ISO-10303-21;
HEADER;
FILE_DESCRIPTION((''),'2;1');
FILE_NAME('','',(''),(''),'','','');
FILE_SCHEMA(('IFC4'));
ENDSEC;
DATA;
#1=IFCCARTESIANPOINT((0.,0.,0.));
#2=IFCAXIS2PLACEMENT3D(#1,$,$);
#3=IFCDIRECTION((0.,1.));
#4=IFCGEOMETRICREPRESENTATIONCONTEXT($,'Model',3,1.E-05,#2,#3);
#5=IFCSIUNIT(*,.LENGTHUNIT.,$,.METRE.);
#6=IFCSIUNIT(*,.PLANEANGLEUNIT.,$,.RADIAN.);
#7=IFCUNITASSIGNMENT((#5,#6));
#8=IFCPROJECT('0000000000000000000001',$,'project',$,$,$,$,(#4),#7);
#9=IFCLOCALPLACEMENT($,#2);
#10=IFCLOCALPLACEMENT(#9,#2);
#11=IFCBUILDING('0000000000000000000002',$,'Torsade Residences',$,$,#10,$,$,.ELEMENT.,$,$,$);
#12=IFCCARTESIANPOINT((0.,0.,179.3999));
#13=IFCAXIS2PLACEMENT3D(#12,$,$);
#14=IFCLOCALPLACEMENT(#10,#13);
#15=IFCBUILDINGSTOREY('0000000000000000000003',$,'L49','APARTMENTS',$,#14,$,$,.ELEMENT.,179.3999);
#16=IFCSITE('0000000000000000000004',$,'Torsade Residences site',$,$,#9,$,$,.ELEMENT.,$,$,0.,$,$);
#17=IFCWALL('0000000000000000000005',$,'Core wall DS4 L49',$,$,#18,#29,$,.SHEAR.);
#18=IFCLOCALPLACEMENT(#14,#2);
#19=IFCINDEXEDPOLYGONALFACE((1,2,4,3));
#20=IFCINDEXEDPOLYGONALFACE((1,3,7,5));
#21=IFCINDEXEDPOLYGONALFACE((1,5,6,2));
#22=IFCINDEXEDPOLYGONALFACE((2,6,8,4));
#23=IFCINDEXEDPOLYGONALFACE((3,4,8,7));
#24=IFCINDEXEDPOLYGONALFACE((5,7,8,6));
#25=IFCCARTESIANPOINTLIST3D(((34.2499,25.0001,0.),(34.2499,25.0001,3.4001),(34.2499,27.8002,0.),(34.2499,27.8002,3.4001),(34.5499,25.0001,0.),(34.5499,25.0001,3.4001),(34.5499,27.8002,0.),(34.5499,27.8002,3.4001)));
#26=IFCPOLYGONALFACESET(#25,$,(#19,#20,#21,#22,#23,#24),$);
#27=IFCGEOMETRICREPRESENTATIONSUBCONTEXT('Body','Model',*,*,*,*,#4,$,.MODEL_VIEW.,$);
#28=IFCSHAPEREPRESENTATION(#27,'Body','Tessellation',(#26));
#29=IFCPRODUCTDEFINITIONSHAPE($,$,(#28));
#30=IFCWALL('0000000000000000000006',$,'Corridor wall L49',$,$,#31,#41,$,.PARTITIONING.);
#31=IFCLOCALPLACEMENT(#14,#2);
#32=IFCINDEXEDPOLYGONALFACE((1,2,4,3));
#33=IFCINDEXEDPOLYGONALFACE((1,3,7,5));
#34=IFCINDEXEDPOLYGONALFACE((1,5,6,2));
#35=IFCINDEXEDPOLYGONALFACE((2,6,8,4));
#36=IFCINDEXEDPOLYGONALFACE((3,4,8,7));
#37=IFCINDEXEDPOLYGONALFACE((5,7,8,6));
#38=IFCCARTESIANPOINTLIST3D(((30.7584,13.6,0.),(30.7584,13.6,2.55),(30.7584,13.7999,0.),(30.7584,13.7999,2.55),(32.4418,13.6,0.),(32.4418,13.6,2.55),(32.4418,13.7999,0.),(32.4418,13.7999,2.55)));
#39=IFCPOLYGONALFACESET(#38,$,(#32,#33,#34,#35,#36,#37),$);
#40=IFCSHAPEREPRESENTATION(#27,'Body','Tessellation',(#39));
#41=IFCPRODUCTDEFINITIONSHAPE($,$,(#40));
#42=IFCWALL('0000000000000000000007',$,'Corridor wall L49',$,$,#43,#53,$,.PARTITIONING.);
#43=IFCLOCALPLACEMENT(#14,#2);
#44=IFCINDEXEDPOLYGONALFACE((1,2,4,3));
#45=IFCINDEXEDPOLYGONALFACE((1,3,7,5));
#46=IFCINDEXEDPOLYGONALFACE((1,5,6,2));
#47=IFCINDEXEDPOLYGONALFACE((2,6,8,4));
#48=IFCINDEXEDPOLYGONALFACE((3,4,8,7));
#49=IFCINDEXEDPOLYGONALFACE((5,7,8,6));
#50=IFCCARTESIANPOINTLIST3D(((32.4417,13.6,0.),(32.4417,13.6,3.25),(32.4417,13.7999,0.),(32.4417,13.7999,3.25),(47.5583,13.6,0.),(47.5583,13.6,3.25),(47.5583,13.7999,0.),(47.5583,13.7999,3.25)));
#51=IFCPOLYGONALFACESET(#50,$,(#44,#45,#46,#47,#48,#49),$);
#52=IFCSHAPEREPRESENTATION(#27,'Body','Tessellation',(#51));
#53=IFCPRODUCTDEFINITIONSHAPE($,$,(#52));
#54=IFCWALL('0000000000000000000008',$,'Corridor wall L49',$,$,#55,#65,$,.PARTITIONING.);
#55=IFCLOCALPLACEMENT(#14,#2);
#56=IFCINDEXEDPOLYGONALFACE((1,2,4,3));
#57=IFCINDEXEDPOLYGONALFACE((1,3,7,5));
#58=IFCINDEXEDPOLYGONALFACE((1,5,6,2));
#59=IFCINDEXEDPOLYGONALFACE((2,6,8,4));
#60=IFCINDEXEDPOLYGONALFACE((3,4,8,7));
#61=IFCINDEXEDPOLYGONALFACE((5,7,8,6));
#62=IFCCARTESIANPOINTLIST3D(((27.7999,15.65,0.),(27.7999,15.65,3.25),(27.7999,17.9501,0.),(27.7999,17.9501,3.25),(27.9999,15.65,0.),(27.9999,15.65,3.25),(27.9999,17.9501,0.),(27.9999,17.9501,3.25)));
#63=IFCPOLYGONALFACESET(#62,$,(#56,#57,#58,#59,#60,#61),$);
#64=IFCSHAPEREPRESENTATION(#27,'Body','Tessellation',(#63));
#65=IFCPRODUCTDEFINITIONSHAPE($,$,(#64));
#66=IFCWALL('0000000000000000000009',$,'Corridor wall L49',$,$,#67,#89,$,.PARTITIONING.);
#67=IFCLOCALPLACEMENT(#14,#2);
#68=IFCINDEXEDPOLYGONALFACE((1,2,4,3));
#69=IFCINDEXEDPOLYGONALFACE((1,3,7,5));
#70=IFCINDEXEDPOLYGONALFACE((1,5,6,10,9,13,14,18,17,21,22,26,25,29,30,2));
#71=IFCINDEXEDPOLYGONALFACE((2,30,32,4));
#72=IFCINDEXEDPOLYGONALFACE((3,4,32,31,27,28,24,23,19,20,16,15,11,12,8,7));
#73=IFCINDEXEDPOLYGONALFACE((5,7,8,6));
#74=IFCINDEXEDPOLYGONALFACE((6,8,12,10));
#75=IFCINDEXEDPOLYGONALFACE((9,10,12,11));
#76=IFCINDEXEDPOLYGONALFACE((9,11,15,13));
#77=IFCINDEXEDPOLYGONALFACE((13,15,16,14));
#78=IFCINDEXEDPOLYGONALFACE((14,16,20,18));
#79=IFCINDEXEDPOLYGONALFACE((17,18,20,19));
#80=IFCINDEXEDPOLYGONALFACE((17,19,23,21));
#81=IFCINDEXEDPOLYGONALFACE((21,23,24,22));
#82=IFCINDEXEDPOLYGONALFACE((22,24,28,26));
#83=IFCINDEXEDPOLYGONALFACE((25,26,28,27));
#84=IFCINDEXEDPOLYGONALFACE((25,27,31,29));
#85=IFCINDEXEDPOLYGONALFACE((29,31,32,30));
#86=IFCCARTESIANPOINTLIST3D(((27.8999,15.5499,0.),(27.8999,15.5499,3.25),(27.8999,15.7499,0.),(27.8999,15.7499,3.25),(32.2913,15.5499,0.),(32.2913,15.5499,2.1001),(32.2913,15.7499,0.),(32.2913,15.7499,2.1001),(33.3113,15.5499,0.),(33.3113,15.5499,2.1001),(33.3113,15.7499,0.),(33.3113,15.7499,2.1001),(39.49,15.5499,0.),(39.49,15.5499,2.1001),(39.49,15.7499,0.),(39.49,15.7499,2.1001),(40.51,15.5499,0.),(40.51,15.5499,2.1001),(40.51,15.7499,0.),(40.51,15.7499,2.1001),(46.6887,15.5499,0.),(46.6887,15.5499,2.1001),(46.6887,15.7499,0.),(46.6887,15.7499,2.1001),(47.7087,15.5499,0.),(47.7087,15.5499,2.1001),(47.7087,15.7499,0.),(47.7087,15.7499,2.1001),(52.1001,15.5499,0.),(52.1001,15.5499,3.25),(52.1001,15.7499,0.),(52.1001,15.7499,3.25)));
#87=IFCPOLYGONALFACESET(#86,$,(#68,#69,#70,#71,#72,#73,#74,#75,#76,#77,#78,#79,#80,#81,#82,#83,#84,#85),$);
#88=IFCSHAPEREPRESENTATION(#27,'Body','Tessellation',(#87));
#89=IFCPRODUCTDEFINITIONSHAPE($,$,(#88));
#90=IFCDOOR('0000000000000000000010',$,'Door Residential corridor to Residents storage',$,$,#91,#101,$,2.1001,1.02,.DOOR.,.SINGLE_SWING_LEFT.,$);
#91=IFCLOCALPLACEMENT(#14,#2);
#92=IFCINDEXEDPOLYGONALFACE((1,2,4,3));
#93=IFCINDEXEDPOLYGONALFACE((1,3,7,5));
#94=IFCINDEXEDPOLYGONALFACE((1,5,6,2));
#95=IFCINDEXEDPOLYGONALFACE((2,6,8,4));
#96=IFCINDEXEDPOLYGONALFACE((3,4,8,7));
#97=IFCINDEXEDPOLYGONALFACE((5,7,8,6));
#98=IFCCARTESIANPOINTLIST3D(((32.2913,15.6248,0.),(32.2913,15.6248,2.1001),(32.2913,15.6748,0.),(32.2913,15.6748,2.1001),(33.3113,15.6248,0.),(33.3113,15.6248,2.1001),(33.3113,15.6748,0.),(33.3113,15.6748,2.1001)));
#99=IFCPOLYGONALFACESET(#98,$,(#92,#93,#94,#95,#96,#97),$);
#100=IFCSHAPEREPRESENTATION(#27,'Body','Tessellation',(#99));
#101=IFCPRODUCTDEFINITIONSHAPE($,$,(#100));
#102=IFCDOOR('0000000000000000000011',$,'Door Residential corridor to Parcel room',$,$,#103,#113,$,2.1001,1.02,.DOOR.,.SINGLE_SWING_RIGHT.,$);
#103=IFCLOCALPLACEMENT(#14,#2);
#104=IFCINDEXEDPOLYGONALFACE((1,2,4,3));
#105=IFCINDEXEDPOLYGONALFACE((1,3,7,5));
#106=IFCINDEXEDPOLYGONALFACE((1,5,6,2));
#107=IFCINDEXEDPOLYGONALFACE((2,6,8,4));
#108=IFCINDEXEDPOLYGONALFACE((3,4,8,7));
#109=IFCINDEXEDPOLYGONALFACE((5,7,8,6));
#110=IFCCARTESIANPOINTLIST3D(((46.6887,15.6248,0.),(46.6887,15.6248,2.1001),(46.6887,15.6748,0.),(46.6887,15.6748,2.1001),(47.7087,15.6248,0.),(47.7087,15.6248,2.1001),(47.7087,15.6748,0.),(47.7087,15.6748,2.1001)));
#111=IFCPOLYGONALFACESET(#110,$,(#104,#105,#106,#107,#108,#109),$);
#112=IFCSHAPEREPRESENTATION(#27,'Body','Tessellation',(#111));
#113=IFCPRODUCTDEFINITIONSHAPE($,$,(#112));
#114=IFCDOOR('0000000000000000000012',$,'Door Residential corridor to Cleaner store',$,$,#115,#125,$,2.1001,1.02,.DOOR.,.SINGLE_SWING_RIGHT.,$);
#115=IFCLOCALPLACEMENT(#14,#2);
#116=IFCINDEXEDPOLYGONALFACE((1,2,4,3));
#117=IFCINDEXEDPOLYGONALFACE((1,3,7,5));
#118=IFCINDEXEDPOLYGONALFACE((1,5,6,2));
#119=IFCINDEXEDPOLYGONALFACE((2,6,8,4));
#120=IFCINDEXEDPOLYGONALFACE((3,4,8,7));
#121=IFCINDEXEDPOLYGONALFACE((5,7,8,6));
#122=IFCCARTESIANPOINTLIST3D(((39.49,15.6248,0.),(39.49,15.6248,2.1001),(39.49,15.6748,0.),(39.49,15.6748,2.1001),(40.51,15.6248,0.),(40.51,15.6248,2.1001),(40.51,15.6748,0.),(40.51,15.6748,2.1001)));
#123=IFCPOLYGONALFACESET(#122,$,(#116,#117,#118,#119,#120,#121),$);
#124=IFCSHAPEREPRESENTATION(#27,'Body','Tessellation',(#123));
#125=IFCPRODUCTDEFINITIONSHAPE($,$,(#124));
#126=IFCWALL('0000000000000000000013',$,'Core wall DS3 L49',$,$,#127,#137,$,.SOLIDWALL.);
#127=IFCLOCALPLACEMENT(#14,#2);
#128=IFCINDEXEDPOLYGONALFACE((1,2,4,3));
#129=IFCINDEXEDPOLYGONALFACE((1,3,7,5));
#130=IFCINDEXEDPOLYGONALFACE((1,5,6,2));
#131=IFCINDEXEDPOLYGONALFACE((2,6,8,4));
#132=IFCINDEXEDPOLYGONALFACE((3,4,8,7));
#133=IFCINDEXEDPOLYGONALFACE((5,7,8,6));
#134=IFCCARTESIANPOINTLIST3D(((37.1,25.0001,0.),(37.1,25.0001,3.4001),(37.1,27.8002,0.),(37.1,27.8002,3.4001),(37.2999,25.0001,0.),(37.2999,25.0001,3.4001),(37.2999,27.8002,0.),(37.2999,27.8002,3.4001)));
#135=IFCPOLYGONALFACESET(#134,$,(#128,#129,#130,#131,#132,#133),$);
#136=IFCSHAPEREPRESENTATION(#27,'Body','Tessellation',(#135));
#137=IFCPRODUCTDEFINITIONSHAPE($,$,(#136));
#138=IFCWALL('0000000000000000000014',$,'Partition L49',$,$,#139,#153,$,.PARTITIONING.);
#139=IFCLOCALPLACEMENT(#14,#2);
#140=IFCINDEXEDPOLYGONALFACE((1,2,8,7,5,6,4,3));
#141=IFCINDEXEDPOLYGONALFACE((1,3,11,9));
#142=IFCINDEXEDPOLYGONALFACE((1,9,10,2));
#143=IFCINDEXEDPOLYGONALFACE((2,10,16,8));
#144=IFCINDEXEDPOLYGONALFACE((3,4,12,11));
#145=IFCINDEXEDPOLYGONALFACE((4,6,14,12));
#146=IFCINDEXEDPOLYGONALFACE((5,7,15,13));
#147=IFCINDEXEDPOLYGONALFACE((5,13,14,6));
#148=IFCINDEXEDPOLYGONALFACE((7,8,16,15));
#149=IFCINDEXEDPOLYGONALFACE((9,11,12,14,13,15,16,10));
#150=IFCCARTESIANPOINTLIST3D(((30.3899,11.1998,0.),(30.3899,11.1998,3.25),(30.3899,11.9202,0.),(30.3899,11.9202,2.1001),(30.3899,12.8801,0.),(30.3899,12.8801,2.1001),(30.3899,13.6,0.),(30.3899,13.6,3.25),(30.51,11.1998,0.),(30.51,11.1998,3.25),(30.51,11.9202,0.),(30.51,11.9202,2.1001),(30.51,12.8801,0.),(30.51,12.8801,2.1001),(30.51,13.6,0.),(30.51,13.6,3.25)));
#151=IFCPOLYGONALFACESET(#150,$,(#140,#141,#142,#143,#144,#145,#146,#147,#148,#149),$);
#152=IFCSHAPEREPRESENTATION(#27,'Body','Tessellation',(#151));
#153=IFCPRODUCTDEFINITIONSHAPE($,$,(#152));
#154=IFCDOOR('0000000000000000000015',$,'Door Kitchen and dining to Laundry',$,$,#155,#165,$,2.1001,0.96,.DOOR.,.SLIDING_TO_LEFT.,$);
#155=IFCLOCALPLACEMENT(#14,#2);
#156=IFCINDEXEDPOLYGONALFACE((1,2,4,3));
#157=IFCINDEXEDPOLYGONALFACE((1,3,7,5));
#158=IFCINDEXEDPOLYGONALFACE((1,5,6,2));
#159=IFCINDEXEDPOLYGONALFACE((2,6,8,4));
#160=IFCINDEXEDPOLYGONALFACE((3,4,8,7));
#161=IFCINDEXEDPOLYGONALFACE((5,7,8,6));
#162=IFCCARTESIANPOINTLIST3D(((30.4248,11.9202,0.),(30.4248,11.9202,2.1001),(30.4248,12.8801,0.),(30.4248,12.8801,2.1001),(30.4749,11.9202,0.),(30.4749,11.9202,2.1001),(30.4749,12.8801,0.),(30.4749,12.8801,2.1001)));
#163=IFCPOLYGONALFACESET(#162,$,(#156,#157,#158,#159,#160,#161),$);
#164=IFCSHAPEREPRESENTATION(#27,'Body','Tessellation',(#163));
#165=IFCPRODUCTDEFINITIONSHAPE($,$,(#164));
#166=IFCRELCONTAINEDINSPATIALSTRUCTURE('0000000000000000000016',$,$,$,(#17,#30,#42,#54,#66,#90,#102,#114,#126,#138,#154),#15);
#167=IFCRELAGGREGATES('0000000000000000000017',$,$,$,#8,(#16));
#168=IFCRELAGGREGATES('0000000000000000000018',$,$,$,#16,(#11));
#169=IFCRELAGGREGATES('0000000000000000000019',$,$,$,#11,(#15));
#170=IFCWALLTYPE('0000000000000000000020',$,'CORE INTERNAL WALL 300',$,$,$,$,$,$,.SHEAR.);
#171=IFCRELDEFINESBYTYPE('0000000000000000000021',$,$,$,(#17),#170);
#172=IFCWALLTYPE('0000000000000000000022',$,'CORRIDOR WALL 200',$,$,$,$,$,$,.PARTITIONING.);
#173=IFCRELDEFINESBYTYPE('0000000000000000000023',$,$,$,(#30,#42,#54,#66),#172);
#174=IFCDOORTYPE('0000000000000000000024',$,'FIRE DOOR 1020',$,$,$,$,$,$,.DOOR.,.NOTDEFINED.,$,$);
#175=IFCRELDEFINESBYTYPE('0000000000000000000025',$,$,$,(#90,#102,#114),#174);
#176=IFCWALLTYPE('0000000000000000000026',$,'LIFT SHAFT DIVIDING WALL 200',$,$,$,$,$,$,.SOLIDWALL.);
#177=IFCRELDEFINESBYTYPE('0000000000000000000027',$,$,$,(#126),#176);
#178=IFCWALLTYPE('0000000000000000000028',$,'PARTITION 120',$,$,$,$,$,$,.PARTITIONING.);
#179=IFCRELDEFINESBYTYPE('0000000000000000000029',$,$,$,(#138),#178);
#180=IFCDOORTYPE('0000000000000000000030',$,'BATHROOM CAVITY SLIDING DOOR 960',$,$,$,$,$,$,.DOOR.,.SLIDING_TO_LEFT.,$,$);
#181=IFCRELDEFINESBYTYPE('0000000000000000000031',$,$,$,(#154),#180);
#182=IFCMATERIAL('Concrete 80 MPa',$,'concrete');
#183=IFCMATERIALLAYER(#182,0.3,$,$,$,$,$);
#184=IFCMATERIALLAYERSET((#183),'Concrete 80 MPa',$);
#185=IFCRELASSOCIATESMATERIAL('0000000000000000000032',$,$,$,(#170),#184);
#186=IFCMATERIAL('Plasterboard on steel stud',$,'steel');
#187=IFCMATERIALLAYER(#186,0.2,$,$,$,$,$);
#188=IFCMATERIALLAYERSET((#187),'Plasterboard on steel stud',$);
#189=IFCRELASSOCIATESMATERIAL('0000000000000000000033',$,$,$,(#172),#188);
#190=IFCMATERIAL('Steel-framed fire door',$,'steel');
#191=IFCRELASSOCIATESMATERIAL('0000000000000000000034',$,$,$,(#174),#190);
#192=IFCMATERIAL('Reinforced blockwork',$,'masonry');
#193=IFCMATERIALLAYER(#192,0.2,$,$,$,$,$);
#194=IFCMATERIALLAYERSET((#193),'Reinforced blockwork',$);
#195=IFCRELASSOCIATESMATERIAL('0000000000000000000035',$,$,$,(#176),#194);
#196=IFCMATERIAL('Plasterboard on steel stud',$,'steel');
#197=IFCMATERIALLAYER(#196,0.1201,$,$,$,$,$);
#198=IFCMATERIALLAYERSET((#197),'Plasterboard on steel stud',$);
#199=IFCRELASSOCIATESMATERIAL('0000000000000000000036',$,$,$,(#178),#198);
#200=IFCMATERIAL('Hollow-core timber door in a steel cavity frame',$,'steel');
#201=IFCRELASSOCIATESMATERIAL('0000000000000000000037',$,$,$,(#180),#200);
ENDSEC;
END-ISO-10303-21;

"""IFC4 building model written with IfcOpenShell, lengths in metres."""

from ifc_helpers import new_model, si_unit, direction, frame, frame_2d, origin, place, context, subcontext, project, spatial, rectangle, extrude, material, layer, layer_set, type_object, element, fill, save


model = new_model("IFC4")

# Units and contexts
model_context = context("Model", 3, precision=1e-05, world=origin(), true_north=direction((0.0, 1.0)))
body_context = subcontext(model_context, "Body", "Model", "MODEL_VIEW")
ifc_project = project(units=[si_unit("LENGTHUNIT", "METRE"), si_unit("PLANEANGLEUNIT", "RADIAN")], contexts=[model_context])

# Site, building, storey
site_placement = place(None, origin())
site = spatial("IfcSite", under=ifc_project, at=site_placement, Name="Torsade Residences site", CompositionType="ELEMENT", RefElevation=0.0)
building_placement = place(site_placement, origin())
building = spatial("IfcBuilding", under=site, at=building_placement, Name="Torsade Residences", CompositionType="ELEMENT")
storey_placement = place(building_placement, frame((0.0, 0.0, 179.3999)))
storey = spatial("IfcBuildingStorey", under=building, at=storey_placement, Name="L49", Description="APARTMENTS", CompositionType="ELEMENT", Elevation=179.3999)

# Walls
ifc_material_1 = material(Name="Concrete 80 MPa", Category="concrete")
ifc_layer_1 = layer(ifc_material_1, 0.3)
ifc_layer_set_1 = layer_set([ifc_layer_1], Name="Concrete 80 MPa")
wall_type_1 = type_object("IfcWallType", Name="CORE INTERNAL WALL 300", PredefinedType="SHEAR", material=ifc_layer_set_1)
wall_1_placement = place(storey_placement, frame((34.3999, 27.8, 0.0), z_axis=(0.0, 0.0, 1.0), x_axis=(0.0, -1.0, 0.0)))
element("IfcWall", 1, at=wall_1_placement, inside=storey, type_object=wall_type_1, Name="Core wall DS4 L49", PredefinedType="SHEAR", context=body_context, shape_type="SweptSolid", body=[
    extrude(rectangle(XDim=2.8, YDim=0.3, at=frame_2d((1.3999, 0.0))), origin(), (0.0, 0.0, 1.0), 3.4001),
])
ifc_material_2 = material(Name="Plasterboard on steel stud", Category="steel")
ifc_layer_2 = layer(ifc_material_2, 0.2)
ifc_layer_set_2 = layer_set([ifc_layer_2], Name="Plasterboard on steel stud")
wall_type_2 = type_object("IfcWallType", Name="CORRIDOR WALL 200", PredefinedType="PARTITIONING", material=ifc_layer_set_2)
wall_2_placement = place(storey_placement, frame((30.7583, 13.7, 0.0), z_axis=(0.0, 0.0, 1.0), x_axis=(1.0, 0.0, 0.0)))
element("IfcWall", 2, at=wall_2_placement, inside=storey, type_object=wall_type_2, Name="Corridor wall L49", PredefinedType="PARTITIONING", context=body_context, shape_type="SweptSolid", body=[
    extrude(rectangle(XDim=1.6833, YDim=0.2, at=frame_2d((0.8418, 0.0))), origin(), (0.0, 0.0, 1.0), 2.55),
])
wall_3_placement = place(storey_placement, frame((32.4417, 13.7, 0.0), z_axis=(0.0, 0.0, 1.0), x_axis=(1.0, 0.0, 0.0)))
element("IfcWall", 3, at=wall_3_placement, inside=storey, type_object=wall_type_2, Name="Corridor wall L49", PredefinedType="PARTITIONING", context=body_context, shape_type="SweptSolid", body=[
    extrude(rectangle(XDim=15.1167, YDim=0.2, at=frame_2d((7.5583, 0.0))), origin(), (0.0, 0.0, 1.0), 3.25),
])
wall_4_placement = place(storey_placement, frame((27.8999, 17.95, 0.0), z_axis=(0.0, 0.0, 1.0), x_axis=(0.0, -1.0, 0.0)))
element("IfcWall", 4, at=wall_4_placement, inside=storey, type_object=wall_type_2, Name="Corridor wall L49", PredefinedType="PARTITIONING", context=body_context, shape_type="SweptSolid", body=[
    extrude(rectangle(XDim=2.3, YDim=0.2, at=frame_2d((1.1499, 0.0))), origin(), (0.0, 0.0, 1.0), 3.25),
])

# Wall, openings, doors
wall_5_placement = place(storey_placement, frame((27.8999, 15.6499, 0.0), z_axis=(0.0, 0.0, 1.0), x_axis=(1.0, 0.0, 0.0)))
wall_5 = element("IfcWall", 5, at=wall_5_placement, inside=storey, type_object=wall_type_2, Name="Corridor wall L49", PredefinedType="PARTITIONING", context=body_context, shape_type="SweptSolid", body=[
    extrude(rectangle(XDim=24.2002, YDim=0.2, at=frame_2d((12.1001, 0.0))), origin(), (0.0, 0.0, 1.0), 3.25),
])
opening_1_placement = place(wall_5_placement, frame((4.3914, 0.0, 0.0)))
opening_1 = element("IfcOpeningElement", 6, at=opening_1_placement, cuts=wall_5, PredefinedType="OPENING", context=body_context, shape_type="SweptSolid", body=[
    extrude(rectangle(XDim=1.02, YDim=2.1001, at=frame_2d((0.51, 1.05))), frame((0.0, 0.1099, 0.0), z_axis=(0.0, -1.0, 0.0), x_axis=(1.0, 0.0, 0.0)), (0.0, 0.0, 1.0), 0.22),
])
opening_2_placement = place(wall_5_placement, frame((18.7888, 0.0, 0.0)))
opening_2 = element("IfcOpeningElement", 7, at=opening_2_placement, cuts=wall_5, PredefinedType="OPENING", context=body_context, shape_type="SweptSolid", body=[
    extrude(rectangle(XDim=1.02, YDim=2.1001, at=frame_2d((0.51, 1.05))), frame((0.0, 0.1099, 0.0), z_axis=(0.0, -1.0, 0.0), x_axis=(1.0, 0.0, 0.0)), (0.0, 0.0, 1.0), 0.22),
])
opening_3_placement = place(wall_5_placement, frame((11.5901, 0.0, 0.0)))
opening_3 = element("IfcOpeningElement", 8, at=opening_3_placement, cuts=wall_5, PredefinedType="OPENING", context=body_context, shape_type="SweptSolid", body=[
    extrude(rectangle(XDim=1.02, YDim=2.1001, at=frame_2d((0.51, 1.05))), frame((0.0, 0.1099, 0.0), z_axis=(0.0, -1.0, 0.0), x_axis=(1.0, 0.0, 0.0)), (0.0, 0.0, 1.0), 0.22),
])
ifc_material_3 = material(Name="Steel-framed fire door", Category="steel")
door_type_1 = type_object("IfcDoorType", Name="FIRE DOOR 1020", OperationType="NOTDEFINED", PredefinedType="DOOR", material=ifc_material_3)
door_1_placement = place(opening_1_placement, origin())
door_1 = element("IfcDoor", 9, at=door_1_placement, inside=storey, type_object=door_type_1, Name="Door Residential corridor to Residents storage", OperationType="SINGLE_SWING_LEFT", OverallHeight=2.1001, OverallWidth=1.02, PredefinedType="DOOR", context=body_context, shape_type="SweptSolid", body=[
    extrude(rectangle(XDim=1.02, YDim=2.1001, at=frame_2d((0.51, 1.05))), frame((0.0, 0.0249, 0.0), z_axis=(0.0, -1.0, 0.0), x_axis=(1.0, 0.0, 0.0)), (0.0, 0.0, 1.0), 0.05),
])
fill(opening_1, door_1)
door_2_placement = place(opening_2_placement, origin())
door_2 = element("IfcDoor", 10, at=door_2_placement, inside=storey, type_object=door_type_1, Name="Door Residential corridor to Parcel room", OperationType="SINGLE_SWING_RIGHT", OverallHeight=2.1001, OverallWidth=1.02, PredefinedType="DOOR", context=body_context, shape_type="SweptSolid", body=[
    extrude(rectangle(XDim=1.02, YDim=2.1001, at=frame_2d((0.51, 1.05))), frame((0.0, 0.0249, 0.0), z_axis=(0.0, -1.0, 0.0), x_axis=(1.0, 0.0, 0.0)), (0.0, 0.0, 1.0), 0.05),
])
fill(opening_2, door_2)
door_3_placement = place(opening_3_placement, origin())
door_3 = element("IfcDoor", 11, at=door_3_placement, inside=storey, type_object=door_type_1, Name="Door Residential corridor to Cleaner store", OperationType="SINGLE_SWING_RIGHT", OverallHeight=2.1001, OverallWidth=1.02, PredefinedType="DOOR", context=body_context, shape_type="SweptSolid", body=[
    extrude(rectangle(XDim=1.02, YDim=2.1001, at=frame_2d((0.51, 1.05))), frame((0.0, 0.0249, 0.0), z_axis=(0.0, -1.0, 0.0), x_axis=(1.0, 0.0, 0.0)), (0.0, 0.0, 1.0), 0.05),
])
fill(opening_3, door_3)

# Wall
ifc_material_4 = material(Name="Reinforced blockwork", Category="masonry")
ifc_layer_3 = layer(ifc_material_4, 0.2)
ifc_layer_set_3 = layer_set([ifc_layer_3], Name="Reinforced blockwork")
wall_type_3 = type_object("IfcWallType", Name="LIFT SHAFT DIVIDING WALL 200", PredefinedType="SOLIDWALL", material=ifc_layer_set_3)
wall_6_placement = place(storey_placement, frame((37.2, 27.8, 0.0), z_axis=(0.0, 0.0, 1.0), x_axis=(0.0, -1.0, 0.0)))
element("IfcWall", 12, at=wall_6_placement, inside=storey, type_object=wall_type_3, Name="Core wall DS3 L49", PredefinedType="SOLIDWALL", context=body_context, shape_type="SweptSolid", body=[
    extrude(rectangle(XDim=2.8, YDim=0.2, at=frame_2d((1.3999, 0.0))), origin(), (0.0, 0.0, 1.0), 3.4001),
])

# Wall, opening, door
ifc_material_5 = material(Name="Plasterboard on steel stud", Category="steel")
ifc_layer_4 = layer(ifc_material_5, 0.1201)
ifc_layer_set_4 = layer_set([ifc_layer_4], Name="Plasterboard on steel stud")
wall_type_4 = type_object("IfcWallType", Name="PARTITION 120", PredefinedType="PARTITIONING", material=ifc_layer_set_4)
wall_7_placement = place(storey_placement, frame((30.45, 13.6001, 0.0), z_axis=(0.0, 0.0, 1.0), x_axis=(0.0, -1.0, 0.0)))
wall_7 = element("IfcWall", 13, at=wall_7_placement, inside=storey, type_object=wall_type_4, Name="Partition L49", PredefinedType="PARTITIONING", context=body_context, shape_type="SweptSolid", body=[
    extrude(rectangle(XDim=2.4001, YDim=0.1201, at=frame_2d((1.2002, 0.0))), origin(), (0.0, 0.0, 1.0), 3.25),
])
opening_4_placement = place(wall_7_placement, frame((0.72, 0.0, 0.0)))
opening_4 = element("IfcOpeningElement", 14, at=opening_4_placement, cuts=wall_7, PredefinedType="OPENING", context=body_context, shape_type="SweptSolid", body=[
    extrude(rectangle(XDim=0.96, YDim=2.1001, at=frame_2d((0.48, 1.05))), frame((0.0, 0.0701, 0.0), z_axis=(0.0, -1.0, 0.0), x_axis=(1.0, 0.0, 0.0)), (0.0, 0.0, 1.0), 0.1401),
])
ifc_material_6 = material(Name="Hollow-core timber door in a steel cavity frame", Category="steel")
door_type_2 = type_object("IfcDoorType", Name="BATHROOM CAVITY SLIDING DOOR 960", OperationType="SLIDING_TO_LEFT", PredefinedType="DOOR", material=ifc_material_6)
door_4_placement = place(opening_4_placement, origin())
door_4 = element("IfcDoor", 15, at=door_4_placement, inside=storey, type_object=door_type_2, Name="Door Kitchen and dining to Laundry", OperationType="SLIDING_TO_LEFT", OverallHeight=2.1001, OverallWidth=0.96, PredefinedType="DOOR", context=body_context, shape_type="SweptSolid", body=[
    extrude(rectangle(XDim=0.96, YDim=2.1001, at=frame_2d((0.48, 1.05))), frame((0.0, 0.0249, 0.0), z_axis=(0.0, -1.0, 0.0), x_axis=(1.0, 0.0, 0.0)), (0.0, 0.0, 1.0), 0.05),
])
fill(opening_4, door_4)

save(model, "model.ifc")
